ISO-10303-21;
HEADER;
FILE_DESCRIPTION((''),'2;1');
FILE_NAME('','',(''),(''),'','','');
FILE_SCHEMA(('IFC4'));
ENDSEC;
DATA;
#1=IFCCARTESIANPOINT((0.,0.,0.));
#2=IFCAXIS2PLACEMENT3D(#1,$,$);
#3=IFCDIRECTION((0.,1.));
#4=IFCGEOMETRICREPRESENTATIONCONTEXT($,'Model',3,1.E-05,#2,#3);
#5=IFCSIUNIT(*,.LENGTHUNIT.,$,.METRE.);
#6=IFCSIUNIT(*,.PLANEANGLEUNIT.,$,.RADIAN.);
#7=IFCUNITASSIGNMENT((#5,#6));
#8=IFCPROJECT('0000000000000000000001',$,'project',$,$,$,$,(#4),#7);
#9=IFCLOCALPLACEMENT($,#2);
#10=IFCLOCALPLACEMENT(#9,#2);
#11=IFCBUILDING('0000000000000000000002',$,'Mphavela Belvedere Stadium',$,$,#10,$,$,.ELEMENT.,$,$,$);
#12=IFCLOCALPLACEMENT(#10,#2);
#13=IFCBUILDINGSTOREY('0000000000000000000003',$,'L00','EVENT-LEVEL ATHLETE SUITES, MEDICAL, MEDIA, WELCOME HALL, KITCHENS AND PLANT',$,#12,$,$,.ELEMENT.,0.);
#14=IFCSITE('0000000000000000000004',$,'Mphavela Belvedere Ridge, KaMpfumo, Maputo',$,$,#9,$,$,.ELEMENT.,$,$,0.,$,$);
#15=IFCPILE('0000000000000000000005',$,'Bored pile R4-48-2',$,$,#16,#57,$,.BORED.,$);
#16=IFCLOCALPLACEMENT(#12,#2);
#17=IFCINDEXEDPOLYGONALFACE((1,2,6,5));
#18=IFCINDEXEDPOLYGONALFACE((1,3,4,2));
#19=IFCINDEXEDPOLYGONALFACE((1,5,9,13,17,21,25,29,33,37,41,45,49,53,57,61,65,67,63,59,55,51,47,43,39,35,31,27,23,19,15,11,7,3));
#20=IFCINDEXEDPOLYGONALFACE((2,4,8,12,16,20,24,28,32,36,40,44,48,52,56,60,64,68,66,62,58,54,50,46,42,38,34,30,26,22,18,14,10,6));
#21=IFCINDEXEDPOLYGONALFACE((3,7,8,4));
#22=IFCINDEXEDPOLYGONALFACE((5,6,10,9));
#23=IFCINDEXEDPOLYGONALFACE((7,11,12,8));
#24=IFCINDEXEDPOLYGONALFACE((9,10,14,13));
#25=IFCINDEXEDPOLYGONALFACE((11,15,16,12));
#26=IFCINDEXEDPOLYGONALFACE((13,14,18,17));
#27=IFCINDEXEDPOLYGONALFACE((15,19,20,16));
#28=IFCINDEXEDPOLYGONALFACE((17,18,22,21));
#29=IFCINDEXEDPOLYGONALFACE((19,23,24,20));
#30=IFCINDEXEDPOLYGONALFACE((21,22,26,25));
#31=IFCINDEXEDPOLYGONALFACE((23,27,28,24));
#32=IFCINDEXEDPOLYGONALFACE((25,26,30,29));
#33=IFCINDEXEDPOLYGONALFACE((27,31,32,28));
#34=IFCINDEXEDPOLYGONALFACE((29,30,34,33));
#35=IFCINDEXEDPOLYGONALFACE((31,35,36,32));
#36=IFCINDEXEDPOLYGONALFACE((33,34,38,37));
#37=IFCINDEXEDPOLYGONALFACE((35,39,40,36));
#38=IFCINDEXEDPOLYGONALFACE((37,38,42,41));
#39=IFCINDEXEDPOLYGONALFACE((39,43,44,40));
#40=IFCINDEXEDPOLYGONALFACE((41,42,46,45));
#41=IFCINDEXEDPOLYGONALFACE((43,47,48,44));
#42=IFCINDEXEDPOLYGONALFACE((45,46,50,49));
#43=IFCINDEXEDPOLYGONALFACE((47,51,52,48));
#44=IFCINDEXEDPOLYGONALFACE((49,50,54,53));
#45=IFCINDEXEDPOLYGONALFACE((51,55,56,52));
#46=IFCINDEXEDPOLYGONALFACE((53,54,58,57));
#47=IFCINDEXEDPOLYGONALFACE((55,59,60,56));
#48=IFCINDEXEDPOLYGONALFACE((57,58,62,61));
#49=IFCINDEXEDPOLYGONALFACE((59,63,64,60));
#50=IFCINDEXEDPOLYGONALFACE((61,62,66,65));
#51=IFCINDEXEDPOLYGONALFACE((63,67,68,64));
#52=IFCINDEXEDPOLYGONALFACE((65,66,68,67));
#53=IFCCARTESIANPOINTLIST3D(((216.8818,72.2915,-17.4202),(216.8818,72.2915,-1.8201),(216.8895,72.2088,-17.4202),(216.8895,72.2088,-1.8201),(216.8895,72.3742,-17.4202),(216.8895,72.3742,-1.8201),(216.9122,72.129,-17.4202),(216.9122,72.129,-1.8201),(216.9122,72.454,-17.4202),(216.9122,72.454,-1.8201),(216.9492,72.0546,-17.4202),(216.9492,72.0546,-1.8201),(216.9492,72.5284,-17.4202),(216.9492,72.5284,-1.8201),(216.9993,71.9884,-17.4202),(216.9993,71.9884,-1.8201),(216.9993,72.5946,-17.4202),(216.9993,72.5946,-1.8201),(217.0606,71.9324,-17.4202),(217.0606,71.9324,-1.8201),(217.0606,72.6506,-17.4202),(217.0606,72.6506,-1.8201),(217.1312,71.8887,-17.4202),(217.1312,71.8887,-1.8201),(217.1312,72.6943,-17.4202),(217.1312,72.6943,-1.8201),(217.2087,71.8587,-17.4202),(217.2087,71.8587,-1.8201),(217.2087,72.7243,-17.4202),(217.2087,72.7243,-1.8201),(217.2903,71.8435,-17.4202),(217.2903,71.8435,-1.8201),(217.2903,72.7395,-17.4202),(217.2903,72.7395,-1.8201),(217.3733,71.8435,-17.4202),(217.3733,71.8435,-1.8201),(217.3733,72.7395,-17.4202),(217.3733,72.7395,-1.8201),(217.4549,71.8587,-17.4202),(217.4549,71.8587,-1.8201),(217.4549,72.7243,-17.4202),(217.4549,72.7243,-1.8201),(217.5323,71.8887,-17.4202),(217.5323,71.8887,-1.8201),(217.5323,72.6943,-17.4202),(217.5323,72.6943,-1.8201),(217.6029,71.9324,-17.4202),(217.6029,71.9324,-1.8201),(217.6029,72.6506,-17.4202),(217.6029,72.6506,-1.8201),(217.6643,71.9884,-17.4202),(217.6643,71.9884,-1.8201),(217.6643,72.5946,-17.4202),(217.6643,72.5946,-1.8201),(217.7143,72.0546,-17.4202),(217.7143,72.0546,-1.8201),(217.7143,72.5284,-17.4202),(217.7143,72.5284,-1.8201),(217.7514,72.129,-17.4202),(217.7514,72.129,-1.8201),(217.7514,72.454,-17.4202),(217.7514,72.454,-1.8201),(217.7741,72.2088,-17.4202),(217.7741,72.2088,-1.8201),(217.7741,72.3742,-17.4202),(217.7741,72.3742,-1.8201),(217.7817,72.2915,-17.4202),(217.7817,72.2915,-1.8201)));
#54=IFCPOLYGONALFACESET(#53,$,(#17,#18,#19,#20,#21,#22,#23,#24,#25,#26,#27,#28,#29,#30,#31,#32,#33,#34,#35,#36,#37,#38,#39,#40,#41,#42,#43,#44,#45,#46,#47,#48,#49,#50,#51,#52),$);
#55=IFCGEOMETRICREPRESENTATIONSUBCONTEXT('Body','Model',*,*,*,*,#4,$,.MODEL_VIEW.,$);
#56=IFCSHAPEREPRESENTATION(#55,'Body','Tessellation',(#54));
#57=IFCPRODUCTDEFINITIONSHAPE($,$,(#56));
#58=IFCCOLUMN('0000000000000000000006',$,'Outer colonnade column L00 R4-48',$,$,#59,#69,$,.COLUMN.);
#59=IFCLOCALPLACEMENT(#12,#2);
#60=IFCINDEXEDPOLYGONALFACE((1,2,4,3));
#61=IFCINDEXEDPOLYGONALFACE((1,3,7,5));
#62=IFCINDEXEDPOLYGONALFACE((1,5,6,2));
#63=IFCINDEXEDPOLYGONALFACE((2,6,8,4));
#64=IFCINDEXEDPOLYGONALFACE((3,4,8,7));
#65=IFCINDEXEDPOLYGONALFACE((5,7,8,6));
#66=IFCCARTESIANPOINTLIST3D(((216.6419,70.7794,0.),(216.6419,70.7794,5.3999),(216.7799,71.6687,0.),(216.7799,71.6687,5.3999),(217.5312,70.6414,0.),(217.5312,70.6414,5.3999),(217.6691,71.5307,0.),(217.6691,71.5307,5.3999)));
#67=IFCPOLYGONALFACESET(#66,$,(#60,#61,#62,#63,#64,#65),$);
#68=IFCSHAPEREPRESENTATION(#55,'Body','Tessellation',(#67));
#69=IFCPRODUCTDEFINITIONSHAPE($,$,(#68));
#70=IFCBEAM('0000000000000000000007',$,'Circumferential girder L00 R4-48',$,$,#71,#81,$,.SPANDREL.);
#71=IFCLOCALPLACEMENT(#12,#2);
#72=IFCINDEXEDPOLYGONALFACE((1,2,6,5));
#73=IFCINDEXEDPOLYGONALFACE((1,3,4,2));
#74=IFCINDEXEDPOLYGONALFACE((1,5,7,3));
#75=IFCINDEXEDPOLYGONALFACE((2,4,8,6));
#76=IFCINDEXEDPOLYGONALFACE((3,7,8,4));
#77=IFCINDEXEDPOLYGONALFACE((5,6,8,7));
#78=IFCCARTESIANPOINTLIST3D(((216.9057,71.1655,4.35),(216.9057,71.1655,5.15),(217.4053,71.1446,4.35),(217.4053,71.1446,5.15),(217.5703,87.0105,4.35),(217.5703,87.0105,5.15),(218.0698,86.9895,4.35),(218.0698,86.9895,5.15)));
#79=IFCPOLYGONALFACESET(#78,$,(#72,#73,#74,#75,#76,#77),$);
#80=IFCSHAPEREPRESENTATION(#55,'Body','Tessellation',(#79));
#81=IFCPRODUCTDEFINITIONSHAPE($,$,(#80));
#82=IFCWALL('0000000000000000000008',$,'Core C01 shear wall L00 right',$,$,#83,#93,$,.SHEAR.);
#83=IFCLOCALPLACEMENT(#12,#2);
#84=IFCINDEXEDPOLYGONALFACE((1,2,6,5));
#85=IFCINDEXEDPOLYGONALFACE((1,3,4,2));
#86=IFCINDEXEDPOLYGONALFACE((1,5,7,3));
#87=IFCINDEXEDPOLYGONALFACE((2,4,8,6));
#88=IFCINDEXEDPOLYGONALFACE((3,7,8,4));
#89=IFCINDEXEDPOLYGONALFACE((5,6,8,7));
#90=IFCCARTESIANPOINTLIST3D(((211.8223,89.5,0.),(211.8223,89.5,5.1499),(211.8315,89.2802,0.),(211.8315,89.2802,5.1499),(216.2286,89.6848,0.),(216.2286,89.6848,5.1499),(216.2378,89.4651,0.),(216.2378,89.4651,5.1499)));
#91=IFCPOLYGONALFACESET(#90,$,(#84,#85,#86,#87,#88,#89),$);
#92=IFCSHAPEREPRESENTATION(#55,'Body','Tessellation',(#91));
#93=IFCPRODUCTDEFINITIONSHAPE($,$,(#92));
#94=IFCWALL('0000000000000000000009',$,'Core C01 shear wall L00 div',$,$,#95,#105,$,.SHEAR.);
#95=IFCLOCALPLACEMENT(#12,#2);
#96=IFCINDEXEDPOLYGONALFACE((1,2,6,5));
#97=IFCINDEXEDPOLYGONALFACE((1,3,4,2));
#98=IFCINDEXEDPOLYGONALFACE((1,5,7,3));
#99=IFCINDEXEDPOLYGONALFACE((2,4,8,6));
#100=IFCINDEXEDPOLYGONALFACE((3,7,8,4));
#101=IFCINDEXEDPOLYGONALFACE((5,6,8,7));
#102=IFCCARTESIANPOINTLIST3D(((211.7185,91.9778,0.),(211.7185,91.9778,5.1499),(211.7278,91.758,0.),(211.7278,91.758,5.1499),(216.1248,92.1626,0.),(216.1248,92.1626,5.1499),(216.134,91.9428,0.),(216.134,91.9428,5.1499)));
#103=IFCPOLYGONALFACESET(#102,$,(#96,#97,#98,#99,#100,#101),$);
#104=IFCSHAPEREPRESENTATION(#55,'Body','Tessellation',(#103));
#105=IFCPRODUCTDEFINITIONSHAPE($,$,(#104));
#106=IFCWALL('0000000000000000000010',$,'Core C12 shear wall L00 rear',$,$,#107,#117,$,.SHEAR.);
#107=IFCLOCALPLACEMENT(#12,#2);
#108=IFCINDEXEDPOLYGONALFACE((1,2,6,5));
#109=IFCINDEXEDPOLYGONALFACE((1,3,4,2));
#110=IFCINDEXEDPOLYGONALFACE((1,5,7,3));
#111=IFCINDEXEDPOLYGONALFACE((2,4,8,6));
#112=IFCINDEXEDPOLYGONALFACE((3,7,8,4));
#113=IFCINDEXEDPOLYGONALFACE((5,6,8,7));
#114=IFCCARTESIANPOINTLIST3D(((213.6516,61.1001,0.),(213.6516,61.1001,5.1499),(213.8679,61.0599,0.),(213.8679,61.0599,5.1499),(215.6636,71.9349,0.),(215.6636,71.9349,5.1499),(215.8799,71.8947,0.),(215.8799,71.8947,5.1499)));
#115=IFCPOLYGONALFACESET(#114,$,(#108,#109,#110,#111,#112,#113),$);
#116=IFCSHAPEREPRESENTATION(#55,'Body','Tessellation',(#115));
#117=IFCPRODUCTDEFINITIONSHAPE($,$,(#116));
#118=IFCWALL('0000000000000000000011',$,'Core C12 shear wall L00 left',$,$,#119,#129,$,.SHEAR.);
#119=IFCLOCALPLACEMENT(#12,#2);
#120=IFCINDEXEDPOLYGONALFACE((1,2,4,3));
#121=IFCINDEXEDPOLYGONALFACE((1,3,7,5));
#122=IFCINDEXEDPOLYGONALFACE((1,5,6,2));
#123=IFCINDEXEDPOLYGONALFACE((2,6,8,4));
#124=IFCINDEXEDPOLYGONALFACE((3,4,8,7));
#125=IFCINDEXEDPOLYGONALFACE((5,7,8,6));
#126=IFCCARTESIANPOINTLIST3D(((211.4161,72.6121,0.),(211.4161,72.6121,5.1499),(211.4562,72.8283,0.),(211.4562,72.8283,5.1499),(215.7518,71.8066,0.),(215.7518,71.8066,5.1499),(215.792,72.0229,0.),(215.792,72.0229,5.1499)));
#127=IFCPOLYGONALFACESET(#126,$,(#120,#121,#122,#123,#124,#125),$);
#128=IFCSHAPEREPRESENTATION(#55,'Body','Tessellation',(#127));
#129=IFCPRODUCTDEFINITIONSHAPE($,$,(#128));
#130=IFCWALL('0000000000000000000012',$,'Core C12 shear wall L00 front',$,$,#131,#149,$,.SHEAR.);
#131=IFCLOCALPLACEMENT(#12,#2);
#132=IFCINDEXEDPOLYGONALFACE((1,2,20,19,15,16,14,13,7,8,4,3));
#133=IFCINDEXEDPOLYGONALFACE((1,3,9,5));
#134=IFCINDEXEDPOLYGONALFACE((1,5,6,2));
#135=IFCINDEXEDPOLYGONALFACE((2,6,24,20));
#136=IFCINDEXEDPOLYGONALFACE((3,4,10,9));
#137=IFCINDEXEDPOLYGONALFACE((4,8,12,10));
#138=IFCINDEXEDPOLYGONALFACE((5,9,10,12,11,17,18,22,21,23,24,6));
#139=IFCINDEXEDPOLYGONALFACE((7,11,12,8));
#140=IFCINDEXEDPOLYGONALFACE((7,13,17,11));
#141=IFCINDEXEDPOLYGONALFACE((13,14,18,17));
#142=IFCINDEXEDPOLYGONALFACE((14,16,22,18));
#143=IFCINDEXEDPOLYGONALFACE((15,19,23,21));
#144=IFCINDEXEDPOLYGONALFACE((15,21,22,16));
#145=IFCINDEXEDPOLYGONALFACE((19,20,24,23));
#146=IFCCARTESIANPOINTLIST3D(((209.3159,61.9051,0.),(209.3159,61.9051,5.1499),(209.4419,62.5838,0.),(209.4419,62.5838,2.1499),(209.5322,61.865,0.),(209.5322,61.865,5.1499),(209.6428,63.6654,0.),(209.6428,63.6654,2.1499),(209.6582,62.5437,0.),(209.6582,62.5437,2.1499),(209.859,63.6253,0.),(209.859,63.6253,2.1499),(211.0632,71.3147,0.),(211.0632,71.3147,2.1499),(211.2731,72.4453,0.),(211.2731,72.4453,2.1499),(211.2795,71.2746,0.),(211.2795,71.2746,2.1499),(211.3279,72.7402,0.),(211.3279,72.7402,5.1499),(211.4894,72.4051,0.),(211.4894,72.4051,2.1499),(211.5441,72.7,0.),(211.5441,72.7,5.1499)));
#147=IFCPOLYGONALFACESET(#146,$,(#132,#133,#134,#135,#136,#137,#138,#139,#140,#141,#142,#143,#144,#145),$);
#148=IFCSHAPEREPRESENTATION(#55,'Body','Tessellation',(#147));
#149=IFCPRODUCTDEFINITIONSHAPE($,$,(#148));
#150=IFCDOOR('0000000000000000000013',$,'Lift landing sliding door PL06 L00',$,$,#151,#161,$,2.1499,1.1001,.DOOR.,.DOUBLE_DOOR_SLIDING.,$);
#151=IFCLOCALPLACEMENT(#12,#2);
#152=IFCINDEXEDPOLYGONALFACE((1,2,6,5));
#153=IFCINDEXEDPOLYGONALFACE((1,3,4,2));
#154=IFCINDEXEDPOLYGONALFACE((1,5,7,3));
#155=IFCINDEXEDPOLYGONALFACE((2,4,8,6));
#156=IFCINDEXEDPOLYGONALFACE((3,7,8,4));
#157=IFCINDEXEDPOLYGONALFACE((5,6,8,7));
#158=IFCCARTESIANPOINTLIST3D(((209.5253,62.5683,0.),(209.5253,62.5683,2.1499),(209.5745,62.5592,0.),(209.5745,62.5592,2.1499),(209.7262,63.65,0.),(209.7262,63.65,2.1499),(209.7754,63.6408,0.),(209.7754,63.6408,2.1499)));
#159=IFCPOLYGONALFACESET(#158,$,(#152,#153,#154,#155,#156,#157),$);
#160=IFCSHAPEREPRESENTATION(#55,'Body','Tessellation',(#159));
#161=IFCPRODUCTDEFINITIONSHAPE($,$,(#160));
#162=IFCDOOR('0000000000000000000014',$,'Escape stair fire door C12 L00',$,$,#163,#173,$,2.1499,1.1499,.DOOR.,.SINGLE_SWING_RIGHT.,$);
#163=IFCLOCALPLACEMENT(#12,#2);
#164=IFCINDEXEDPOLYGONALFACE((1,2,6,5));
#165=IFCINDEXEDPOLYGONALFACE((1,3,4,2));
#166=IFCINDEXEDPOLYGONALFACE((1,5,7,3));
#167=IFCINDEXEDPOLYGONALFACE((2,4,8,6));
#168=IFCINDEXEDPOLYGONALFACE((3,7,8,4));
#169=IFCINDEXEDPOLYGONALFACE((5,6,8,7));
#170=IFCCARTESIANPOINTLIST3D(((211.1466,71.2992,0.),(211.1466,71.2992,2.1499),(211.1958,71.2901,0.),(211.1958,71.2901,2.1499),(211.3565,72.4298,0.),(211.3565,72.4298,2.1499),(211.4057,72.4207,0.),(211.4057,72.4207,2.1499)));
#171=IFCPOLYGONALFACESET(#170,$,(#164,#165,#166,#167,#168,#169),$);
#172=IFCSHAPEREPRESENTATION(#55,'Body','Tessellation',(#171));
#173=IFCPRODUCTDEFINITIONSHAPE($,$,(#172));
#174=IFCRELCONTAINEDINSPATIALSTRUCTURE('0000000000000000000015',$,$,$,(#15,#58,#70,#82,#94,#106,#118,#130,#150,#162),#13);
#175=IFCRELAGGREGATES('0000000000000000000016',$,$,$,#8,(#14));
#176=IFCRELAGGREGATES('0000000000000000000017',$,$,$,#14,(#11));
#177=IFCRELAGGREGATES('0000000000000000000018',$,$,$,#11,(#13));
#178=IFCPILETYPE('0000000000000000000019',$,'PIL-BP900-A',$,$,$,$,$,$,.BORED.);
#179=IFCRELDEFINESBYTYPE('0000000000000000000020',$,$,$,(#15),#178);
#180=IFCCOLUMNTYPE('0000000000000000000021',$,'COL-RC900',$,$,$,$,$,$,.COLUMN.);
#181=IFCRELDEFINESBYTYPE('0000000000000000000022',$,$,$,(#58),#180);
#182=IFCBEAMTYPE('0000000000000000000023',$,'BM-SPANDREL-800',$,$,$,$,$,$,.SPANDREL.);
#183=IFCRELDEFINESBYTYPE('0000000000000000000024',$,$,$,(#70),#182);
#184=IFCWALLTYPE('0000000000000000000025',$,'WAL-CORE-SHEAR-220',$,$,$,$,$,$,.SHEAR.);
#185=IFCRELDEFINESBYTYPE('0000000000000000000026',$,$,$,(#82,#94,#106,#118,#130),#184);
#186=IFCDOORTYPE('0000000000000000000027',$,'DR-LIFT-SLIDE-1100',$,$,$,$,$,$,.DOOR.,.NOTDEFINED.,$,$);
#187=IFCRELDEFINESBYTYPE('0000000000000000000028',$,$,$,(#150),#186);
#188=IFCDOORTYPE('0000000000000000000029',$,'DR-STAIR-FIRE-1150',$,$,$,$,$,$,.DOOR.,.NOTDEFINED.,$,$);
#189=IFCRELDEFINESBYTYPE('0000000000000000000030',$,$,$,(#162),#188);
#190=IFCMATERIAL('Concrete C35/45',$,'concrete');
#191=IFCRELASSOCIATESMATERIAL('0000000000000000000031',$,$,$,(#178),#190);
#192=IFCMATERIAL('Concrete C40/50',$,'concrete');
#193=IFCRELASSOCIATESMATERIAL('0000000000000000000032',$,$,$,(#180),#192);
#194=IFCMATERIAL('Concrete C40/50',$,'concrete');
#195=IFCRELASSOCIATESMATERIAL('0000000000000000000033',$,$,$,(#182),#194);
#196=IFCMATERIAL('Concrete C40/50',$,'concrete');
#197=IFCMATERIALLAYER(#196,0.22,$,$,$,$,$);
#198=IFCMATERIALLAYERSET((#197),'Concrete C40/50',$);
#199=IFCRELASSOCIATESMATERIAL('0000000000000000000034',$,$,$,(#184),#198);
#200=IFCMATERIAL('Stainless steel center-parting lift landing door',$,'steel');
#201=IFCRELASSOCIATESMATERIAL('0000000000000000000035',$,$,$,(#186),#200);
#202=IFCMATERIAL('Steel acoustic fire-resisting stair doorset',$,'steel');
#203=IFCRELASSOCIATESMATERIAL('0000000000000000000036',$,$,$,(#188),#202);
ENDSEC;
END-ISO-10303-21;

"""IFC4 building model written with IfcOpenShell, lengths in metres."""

from ifc_helpers import new_model, si_unit, direction, frame, frame_2d, origin, origin_2d, place, context, subcontext, project, spatial, rectangle, circle, extrude, material, layer, layer_set, material_profile, profile_set, type_object, element, fill, save


model = new_model("IFC4")

# Units and contexts
model_context = context("Model", 3, precision=1e-05, world=origin(), true_north=direction((0.0, 1.0)))
body_context = subcontext(model_context, "Body", "Model", "MODEL_VIEW")
ifc_project = project(units=[si_unit("LENGTHUNIT", "METRE"), si_unit("PLANEANGLEUNIT", "RADIAN")], contexts=[model_context])

# Site, building, storey
site_placement = place(None, origin())
site = spatial("IfcSite", under=ifc_project, at=site_placement, Name="Mphavela Belvedere Ridge, KaMpfumo, Maputo", CompositionType="ELEMENT", RefElevation=0.0)
building_placement = place(site_placement, origin())
building = spatial("IfcBuilding", under=site, at=building_placement, Name="Mphavela Belvedere Stadium", CompositionType="ELEMENT")
storey_placement = place(building_placement, origin())
storey = spatial("IfcBuildingStorey", under=building, at=storey_placement, Name="L00", Description="EVENT-LEVEL ATHLETE SUITES, MEDICAL, MEDIA, WELCOME HALL, KITCHENS AND PLANT", CompositionType="ELEMENT", Elevation=0.0)

# Pile
ifc_material_1 = material(Name="Concrete C35/45", Category="concrete")
ifc_material_profile_1 = material_profile(ifc_material_1, circle(Radius=0.45, at=origin_2d()), Name="BP D900")
ifc_profile_set_1 = profile_set([ifc_material_profile_1], Name="Concrete C35/45")
pile_type = type_object("IfcPileType", Name="PIL-BP900-A", PredefinedType="BORED", material=ifc_profile_set_1)
for number, where, z_axis, x_axis, name in (
    (1, (217.3318, 72.2915, -1.8201), (0.0, 0.0, -1.0), (1.0, 0.0, 0.0), "Bored pile R4-48-2"),
):
    element("IfcPile", number, at=place(storey_placement, frame(where, z_axis=z_axis, x_axis=x_axis)), inside=storey, type_object=pile_type, Name=name, PredefinedType="BORED", context=body_context, shape_type="SweptSolid", body=[
        extrude(circle(Radius=0.45, at=origin_2d()), origin(), (0.0, 0.0, 1.0), 15.6001),
    ])

# Column
ifc_material_2 = material(Name="Concrete C40/50", Category="concrete")
ifc_material_profile_2 = material_profile(ifc_material_2, rectangle(XDim=0.8999, YDim=0.8999, at=origin_2d()), Name="RC 900x900")
ifc_profile_set_2 = profile_set([ifc_material_profile_2], Name="Concrete C40/50")
column_type = type_object("IfcColumnType", Name="COL-RC900", PredefinedType="COLUMN", material=ifc_profile_set_2)
column_placement = place(storey_placement, frame((217.1555, 71.155, 0.0), z_axis=(0.0, 0.0, 1.0), x_axis=(0.988175, -0.153331, 0.0)))
element("IfcColumn", 2, at=column_placement, inside=storey, type_object=column_type, Name="Outer colonnade column L00 R4-48", PredefinedType="COLUMN", context=body_context, shape_type="SweptSolid", body=[
    extrude(rectangle(XDim=0.8999, YDim=0.8999, at=origin_2d()), origin(), (0.0, 0.0, 1.0), 5.3999),
])

# Beam
ifc_material_3 = material(Name="Concrete C40/50", Category="concrete")
ifc_material_profile_3 = material_profile(ifc_material_3, rectangle(XDim=0.5, YDim=0.8, at=origin_2d()), Name="RC 500x800")
ifc_profile_set_3 = profile_set([ifc_material_profile_3], Name="Concrete C40/50")
beam_type = type_object("IfcBeamType", Name="BM-SPANDREL-800", PredefinedType="SPANDREL", material=ifc_profile_set_3)
beam_placement = place(storey_placement, frame((217.1555, 71.155, 4.75), z_axis=(0.041904, 0.999122, 0.0), x_axis=(-0.999122, 0.041904, 0.0)))
element("IfcBeam", 3, at=beam_placement, inside=storey, type_object=beam_type, Name="Circumferential girder L00 R4-48", PredefinedType="SPANDREL", context=body_context, shape_type="SweptSolid", body=[
    extrude(rectangle(XDim=0.5, YDim=0.8, at=origin_2d()), origin(), (0.0, 0.0, 1.0), 15.8589),
])

# Walls
ifc_material_4 = material(Name="Concrete C40/50", Category="concrete")
ifc_layer_1 = layer(ifc_material_4, 0.22)
ifc_layer_set_1 = layer_set([ifc_layer_1], Name="Concrete C40/50")
wall_type_1 = type_object("IfcWallType", Name="WAL-CORE-SHEAR-220", PredefinedType="SHEAR", material=ifc_layer_set_1)
for number, where, z_axis, x_axis, name in (
    (4, (211.8269, 89.3901, 0.0), (0.0, 0.0, 1.0), (0.999122, 0.041907, 0.0), "Core C01 shear wall L00 right"),
    (5, (211.7231, 91.8679, 0.0), (0.0, 0.0, 1.0), (0.999122, 0.041907, 0.0), "Core C01 shear wall L00 div"),
):
    element("IfcWall", number, at=place(storey_placement, frame(where, z_axis=z_axis, x_axis=x_axis)), inside=storey, type_object=wall_type_1, Name=name, PredefinedType="SHEAR", context=body_context, shape_type="SweptSolid", body=[
        extrude(rectangle(XDim=4.4102, YDim=0.22, at=frame_2d((2.2051, 0.0))), origin(), (0.0, 0.0, 1.0), 5.1499),
    ])
wall_1_placement = place(storey_placement, frame((215.7717, 71.9148, 0.0), z_axis=(0.0, 0.0, 1.0), x_axis=(-0.182575, -0.983192, 0.0)))
element("IfcWall", 6, at=wall_1_placement, inside=storey, type_object=wall_type_1, Name="Core C12 shear wall L00 rear", PredefinedType="SHEAR", context=body_context, shape_type="SweptSolid", body=[
    extrude(rectangle(XDim=11.02, YDim=0.22, at=frame_2d((5.51, 0.0))), origin(), (0.0, 0.0, 1.0), 5.1499),
])
wall_2_placement = place(storey_placement, frame((211.436, 72.7202, 0.0), z_axis=(0.0, 0.0, 1.0), x_axis=(0.98318, -0.18264, 0.0)))
element("IfcWall", 7, at=wall_2_placement, inside=storey, type_object=wall_type_1, Name="Core C12 shear wall L00 left", PredefinedType="SHEAR", context=body_context, shape_type="SweptSolid", body=[
    extrude(rectangle(XDim=4.4099, YDim=0.22, at=frame_2d((2.2051, 0.0))), origin(), (0.0, 0.0, 1.0), 5.1499),
])

# Wall, openings, doors
wall_3_placement = place(storey_placement, frame((211.436, 72.7202, 0.0), z_axis=(0.0, 0.0, 1.0), x_axis=(-0.182571, -0.983193, 0.0)))
wall_3 = element("IfcWall", 8, at=wall_3_placement, inside=storey, type_object=wall_type_1, Name="Core C12 shear wall L00 front", PredefinedType="SHEAR", context=body_context, shape_type="SweptSolid", body=[
    extrude(rectangle(XDim=11.0203, YDim=0.22, at=frame_2d((5.5103, 0.0))), origin(), (0.0, 0.0, 1.0), 5.1499),
])
opening_1_placement = place(wall_3_placement, frame((0.3, 0.0, 0.0)))
opening_1 = element("IfcOpeningElement", 9, at=opening_1_placement, cuts=wall_3, PredefinedType="OPENING", context=body_context, shape_type="SweptSolid", body=[
    extrude(rectangle(XDim=1.1499, YDim=2.1499, at=frame_2d((0.575, 1.075))), frame((0.0, 0.1201, 0.0), z_axis=(0.0, -1.0, 0.0), x_axis=(1.0, 0.0, 0.0)), (0.0, 0.0, 1.0), 0.24),
])
opening_2_placement = place(wall_3_placement, frame((9.23, 0.0, 0.0)))
opening_2 = element("IfcOpeningElement", 10, at=opening_2_placement, cuts=wall_3, PredefinedType="OPENING", context=body_context, shape_type="SweptSolid", body=[
    extrude(rectangle(XDim=1.1001, YDim=2.1499, at=frame_2d((0.55, 1.075))), frame((0.0, 0.1201, 0.0), z_axis=(0.0, -1.0, 0.0), x_axis=(1.0, 0.0, 0.0)), (0.0, 0.0, 1.0), 0.24),
])
ifc_material_5 = material(Name="Stainless steel center-parting lift landing door", Category="steel")
door_type_1 = type_object("IfcDoorType", Name="DR-LIFT-SLIDE-1100", OperationType="NOTDEFINED", PredefinedType="DOOR", material=ifc_material_5)
door_1_placement = place(opening_2_placement, origin())
door_1 = element("IfcDoor", 11, at=door_1_placement, inside=storey, type_object=door_type_1, Name="Lift landing sliding door PL06 L00", OperationType="DOUBLE_DOOR_SLIDING", OverallHeight=2.1499, OverallWidth=1.1001, PredefinedType="DOOR", context=body_context, shape_type="SweptSolid", body=[
    extrude(rectangle(XDim=1.1001, YDim=2.1499, at=frame_2d((0.55, 1.075))), frame((0.0, 0.0249, 0.0), z_axis=(0.0, -1.0, 0.0), x_axis=(1.0, 0.0, 0.0)), (0.0, 0.0, 1.0), 0.05),
])
fill(opening_2, door_1)
ifc_material_6 = material(Name="Steel acoustic fire-resisting stair doorset", Category="steel")
door_type_2 = type_object("IfcDoorType", Name="DR-STAIR-FIRE-1150", OperationType="NOTDEFINED", PredefinedType="DOOR", material=ifc_material_6)
door_2_placement = place(opening_1_placement, origin())
door_2 = element("IfcDoor", 12, at=door_2_placement, inside=storey, type_object=door_type_2, Name="Escape stair fire door C12 L00", OperationType="SINGLE_SWING_RIGHT", OverallHeight=2.1499, OverallWidth=1.1499, PredefinedType="DOOR", context=body_context, shape_type="SweptSolid", body=[
    extrude(rectangle(XDim=1.1499, YDim=2.1499, at=frame_2d((0.575, 1.075))), frame((0.0, 0.0249, 0.0), z_axis=(0.0, -1.0, 0.0), x_axis=(1.0, 0.0, 0.0)), (0.0, 0.0, 1.0), 0.05),
])
fill(opening_1, door_2)

save(model, "model.ifc")
